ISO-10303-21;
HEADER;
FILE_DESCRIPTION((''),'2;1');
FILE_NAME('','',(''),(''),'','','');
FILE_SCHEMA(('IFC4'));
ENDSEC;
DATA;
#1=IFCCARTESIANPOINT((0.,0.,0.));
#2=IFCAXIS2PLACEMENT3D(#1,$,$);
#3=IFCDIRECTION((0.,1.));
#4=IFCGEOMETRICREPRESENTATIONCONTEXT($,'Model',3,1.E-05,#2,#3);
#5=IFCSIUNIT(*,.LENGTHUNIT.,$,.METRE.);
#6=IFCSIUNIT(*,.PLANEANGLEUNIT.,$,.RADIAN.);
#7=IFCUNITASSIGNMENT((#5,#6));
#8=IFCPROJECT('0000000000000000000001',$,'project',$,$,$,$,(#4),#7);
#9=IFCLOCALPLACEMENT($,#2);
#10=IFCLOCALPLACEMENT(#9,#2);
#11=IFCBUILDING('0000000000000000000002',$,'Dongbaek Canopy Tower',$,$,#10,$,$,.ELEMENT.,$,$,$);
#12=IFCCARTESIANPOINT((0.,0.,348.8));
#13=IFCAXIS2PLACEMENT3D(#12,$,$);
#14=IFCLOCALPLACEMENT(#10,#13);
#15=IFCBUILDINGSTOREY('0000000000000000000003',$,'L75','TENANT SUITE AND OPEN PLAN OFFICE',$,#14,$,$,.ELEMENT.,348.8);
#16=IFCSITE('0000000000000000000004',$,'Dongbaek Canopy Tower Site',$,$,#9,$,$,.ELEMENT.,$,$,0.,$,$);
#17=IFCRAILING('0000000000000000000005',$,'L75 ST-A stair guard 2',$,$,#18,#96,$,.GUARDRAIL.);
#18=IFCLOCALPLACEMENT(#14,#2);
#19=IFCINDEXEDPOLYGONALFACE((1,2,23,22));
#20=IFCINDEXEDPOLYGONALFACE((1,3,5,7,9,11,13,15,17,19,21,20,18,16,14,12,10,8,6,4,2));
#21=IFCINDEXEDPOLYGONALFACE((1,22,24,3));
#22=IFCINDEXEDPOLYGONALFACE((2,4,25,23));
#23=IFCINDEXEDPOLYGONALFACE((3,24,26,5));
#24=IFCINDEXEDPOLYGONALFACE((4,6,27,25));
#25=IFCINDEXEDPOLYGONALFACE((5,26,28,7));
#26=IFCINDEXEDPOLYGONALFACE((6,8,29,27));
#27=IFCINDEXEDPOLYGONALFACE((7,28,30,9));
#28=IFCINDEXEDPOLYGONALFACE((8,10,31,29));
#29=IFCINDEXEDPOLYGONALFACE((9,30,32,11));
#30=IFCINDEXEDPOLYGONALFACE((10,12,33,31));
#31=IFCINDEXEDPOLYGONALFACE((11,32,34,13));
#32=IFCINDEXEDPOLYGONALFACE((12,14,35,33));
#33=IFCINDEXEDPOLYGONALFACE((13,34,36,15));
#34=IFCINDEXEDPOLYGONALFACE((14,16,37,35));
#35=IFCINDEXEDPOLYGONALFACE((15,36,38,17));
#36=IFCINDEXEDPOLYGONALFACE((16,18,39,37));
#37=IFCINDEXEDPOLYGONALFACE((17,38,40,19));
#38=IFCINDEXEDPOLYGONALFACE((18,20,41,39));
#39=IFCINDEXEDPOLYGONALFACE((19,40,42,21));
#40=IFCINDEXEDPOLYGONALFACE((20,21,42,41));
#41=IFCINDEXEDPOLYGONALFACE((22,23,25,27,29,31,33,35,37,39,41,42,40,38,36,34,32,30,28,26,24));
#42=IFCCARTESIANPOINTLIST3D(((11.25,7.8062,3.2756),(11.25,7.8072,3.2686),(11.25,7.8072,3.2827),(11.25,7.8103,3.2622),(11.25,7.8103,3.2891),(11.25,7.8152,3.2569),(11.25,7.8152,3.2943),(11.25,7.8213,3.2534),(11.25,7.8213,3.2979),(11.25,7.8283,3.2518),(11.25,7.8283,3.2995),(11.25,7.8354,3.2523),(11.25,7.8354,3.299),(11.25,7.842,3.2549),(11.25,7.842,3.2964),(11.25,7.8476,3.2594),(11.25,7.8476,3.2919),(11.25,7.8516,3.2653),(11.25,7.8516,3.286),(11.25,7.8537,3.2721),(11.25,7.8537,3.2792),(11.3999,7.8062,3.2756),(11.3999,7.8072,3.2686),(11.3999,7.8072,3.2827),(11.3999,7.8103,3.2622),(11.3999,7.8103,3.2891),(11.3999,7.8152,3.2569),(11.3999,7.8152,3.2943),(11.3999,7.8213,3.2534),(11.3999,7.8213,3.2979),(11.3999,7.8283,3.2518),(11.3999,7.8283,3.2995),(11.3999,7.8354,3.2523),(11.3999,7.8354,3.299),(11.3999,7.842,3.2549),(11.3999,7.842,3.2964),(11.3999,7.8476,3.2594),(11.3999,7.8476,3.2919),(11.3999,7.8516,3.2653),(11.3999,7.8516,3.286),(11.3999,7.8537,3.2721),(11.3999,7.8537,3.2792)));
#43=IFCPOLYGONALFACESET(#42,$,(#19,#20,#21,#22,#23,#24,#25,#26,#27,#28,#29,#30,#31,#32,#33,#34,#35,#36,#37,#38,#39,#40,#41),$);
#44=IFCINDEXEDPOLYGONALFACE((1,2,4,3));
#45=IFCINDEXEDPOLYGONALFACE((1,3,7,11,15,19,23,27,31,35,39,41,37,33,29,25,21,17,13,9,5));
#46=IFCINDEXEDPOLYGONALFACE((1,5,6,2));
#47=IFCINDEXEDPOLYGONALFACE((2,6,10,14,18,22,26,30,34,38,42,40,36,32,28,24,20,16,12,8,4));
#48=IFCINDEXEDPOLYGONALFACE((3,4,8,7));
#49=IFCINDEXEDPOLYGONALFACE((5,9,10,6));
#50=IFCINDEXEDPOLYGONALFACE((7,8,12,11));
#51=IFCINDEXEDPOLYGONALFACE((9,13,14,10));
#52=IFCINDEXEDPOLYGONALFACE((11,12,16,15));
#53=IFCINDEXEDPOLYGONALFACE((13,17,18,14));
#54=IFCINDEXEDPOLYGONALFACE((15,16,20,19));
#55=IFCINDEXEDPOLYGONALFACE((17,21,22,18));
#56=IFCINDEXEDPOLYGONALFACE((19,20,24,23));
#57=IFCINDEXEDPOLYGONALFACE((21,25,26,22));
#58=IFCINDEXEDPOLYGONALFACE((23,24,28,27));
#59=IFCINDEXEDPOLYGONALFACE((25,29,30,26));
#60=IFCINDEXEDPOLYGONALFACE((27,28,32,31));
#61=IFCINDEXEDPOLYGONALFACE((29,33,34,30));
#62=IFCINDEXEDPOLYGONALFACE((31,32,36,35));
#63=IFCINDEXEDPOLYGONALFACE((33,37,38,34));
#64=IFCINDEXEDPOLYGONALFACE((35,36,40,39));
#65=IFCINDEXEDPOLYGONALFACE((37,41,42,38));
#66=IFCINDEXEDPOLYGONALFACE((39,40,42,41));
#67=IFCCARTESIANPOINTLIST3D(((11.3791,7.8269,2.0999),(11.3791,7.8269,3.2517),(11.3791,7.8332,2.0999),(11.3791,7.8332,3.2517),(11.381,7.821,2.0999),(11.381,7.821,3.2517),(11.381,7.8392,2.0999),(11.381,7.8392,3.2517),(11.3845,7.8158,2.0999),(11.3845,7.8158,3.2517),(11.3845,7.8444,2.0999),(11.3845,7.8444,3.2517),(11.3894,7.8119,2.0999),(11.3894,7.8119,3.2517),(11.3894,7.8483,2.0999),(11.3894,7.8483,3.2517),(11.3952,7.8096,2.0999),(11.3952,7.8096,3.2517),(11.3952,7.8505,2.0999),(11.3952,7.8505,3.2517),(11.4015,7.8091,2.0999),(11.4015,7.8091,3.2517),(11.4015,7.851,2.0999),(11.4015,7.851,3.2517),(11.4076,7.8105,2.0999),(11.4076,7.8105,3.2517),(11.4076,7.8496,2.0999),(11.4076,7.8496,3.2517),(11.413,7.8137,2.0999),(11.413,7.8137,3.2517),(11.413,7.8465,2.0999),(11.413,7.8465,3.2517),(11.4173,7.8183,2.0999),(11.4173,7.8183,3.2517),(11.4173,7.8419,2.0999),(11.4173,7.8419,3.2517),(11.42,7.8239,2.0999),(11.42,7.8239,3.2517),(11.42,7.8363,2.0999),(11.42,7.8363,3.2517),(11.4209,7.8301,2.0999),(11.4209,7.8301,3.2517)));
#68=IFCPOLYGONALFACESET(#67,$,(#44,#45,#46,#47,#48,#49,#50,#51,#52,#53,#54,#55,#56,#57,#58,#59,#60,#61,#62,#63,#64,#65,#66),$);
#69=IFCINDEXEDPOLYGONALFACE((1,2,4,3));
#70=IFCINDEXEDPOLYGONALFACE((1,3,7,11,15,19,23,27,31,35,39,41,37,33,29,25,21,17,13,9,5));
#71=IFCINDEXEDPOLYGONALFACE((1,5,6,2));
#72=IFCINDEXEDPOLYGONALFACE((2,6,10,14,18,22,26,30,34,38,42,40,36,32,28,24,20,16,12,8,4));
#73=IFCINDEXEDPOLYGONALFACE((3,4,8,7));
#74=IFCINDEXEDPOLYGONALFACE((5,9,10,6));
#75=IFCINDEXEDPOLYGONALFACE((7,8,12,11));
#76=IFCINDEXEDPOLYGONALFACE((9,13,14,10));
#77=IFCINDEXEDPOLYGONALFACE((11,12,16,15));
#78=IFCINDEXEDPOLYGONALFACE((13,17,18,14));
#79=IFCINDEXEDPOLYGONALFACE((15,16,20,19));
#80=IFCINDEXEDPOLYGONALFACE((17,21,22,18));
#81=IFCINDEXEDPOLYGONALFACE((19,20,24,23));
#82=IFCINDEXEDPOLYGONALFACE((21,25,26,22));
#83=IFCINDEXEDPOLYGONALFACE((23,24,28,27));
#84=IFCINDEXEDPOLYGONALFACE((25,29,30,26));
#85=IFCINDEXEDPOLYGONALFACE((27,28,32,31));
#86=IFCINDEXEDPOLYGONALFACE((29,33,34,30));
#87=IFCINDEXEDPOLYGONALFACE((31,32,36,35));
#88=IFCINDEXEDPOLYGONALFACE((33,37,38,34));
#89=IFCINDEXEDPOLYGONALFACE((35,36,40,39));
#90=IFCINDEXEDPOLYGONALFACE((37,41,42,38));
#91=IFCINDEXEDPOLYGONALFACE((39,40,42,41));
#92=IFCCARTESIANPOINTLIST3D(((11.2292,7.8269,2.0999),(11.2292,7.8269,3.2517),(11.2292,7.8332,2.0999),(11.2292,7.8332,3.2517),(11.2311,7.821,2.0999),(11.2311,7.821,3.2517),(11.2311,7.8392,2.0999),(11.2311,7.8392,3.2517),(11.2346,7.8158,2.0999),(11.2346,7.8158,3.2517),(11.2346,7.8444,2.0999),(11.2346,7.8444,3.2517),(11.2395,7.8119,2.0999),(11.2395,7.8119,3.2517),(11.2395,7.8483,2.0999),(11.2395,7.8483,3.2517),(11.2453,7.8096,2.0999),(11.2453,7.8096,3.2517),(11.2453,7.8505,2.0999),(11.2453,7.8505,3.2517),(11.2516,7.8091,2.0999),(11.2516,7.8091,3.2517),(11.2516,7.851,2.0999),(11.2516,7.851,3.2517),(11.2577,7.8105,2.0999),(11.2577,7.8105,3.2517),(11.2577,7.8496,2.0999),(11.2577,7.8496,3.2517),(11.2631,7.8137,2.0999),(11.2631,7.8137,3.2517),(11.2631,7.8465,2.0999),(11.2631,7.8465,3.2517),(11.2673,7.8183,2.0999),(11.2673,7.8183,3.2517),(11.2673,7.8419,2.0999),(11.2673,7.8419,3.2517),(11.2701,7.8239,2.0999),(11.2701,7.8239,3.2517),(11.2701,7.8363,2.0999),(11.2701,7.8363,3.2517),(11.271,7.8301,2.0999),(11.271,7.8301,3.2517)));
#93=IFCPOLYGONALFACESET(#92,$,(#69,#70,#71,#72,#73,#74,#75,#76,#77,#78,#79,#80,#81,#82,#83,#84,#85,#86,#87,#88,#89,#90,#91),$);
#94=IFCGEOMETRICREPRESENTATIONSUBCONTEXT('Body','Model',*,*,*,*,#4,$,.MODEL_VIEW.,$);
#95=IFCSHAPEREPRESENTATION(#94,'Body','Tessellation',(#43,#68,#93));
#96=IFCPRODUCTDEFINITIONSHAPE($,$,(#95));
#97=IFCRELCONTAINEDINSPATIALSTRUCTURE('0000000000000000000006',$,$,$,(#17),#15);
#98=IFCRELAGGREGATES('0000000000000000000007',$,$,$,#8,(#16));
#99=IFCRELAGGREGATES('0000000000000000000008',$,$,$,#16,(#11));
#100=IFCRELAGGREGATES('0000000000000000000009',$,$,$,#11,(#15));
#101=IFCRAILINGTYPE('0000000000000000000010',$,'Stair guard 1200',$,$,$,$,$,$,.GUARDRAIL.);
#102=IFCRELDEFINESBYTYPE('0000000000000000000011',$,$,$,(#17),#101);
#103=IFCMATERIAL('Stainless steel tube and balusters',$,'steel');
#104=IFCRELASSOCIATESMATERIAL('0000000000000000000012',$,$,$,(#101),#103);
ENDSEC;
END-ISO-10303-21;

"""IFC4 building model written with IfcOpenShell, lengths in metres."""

from ifc_helpers import new_model, si_unit, direction, frame, origin, origin_2d, place, context, subcontext, project, spatial, circle, extrude, material, type_object, element, save


model = new_model("IFC4")

# Units and contexts
model_context = context("Model", 3, precision=1e-05, world=origin(), true_north=direction((0.0, 1.0)))
body_context = subcontext(model_context, "Body", "Model", "MODEL_VIEW")
ifc_project = project(units=[si_unit("LENGTHUNIT", "METRE"), si_unit("PLANEANGLEUNIT", "RADIAN")], contexts=[model_context])

# Site, building, storey
site_placement = place(None, origin())
site = spatial("IfcSite", under=ifc_project, at=site_placement, Name="Dongbaek Canopy Tower Site", CompositionType="ELEMENT", RefElevation=0.0)
building_placement = place(site_placement, origin())
building = spatial("IfcBuilding", under=site, at=building_placement, Name="Dongbaek Canopy Tower", CompositionType="ELEMENT")
storey_placement = place(building_placement, frame((0.0, 0.0, 348.8)))
storey = spatial("IfcBuildingStorey", under=building, at=storey_placement, Name="L75", Description="TENANT SUITE AND OPEN PLAN OFFICE", CompositionType="ELEMENT", Elevation=348.8)

# Railing
ifc_material_1 = material(Name="Stainless steel tube and balusters", Category="steel")
railing_type_1 = type_object("IfcRailingType", Name="Stair guard 1200", PredefinedType="GUARDRAIL", material=ifc_material_1)
railing_1_placement = place(storey_placement, frame((11.3999, 7.8301, 2.0999)))
element("IfcRailing", 1, at=railing_1_placement, inside=storey, type_object=railing_type_1, Name="L75 ST-A stair guard 2", PredefinedType="GUARDRAIL", context=body_context, shape_type="SweptSolid", body=[
    extrude(circle(Radius=0.0239, at=origin_2d()), frame((0.0, 0.0, 1.1758), z_axis=(-1.0, 0.0, 0.0), x_axis=(0.0, -1.0, 0.0)), (0.0, 0.0, 1.0), 0.1499),
    extrude(circle(Radius=0.021, at=origin_2d()), origin(), (0.0, 0.0, 1.0), 1.1519),
    extrude(circle(Radius=0.021, at=origin_2d()), frame((-0.1499, 0.0, 0.0)), (0.0, 0.0, 1.0), 1.1519),
])

save(model, "model.ifc")
